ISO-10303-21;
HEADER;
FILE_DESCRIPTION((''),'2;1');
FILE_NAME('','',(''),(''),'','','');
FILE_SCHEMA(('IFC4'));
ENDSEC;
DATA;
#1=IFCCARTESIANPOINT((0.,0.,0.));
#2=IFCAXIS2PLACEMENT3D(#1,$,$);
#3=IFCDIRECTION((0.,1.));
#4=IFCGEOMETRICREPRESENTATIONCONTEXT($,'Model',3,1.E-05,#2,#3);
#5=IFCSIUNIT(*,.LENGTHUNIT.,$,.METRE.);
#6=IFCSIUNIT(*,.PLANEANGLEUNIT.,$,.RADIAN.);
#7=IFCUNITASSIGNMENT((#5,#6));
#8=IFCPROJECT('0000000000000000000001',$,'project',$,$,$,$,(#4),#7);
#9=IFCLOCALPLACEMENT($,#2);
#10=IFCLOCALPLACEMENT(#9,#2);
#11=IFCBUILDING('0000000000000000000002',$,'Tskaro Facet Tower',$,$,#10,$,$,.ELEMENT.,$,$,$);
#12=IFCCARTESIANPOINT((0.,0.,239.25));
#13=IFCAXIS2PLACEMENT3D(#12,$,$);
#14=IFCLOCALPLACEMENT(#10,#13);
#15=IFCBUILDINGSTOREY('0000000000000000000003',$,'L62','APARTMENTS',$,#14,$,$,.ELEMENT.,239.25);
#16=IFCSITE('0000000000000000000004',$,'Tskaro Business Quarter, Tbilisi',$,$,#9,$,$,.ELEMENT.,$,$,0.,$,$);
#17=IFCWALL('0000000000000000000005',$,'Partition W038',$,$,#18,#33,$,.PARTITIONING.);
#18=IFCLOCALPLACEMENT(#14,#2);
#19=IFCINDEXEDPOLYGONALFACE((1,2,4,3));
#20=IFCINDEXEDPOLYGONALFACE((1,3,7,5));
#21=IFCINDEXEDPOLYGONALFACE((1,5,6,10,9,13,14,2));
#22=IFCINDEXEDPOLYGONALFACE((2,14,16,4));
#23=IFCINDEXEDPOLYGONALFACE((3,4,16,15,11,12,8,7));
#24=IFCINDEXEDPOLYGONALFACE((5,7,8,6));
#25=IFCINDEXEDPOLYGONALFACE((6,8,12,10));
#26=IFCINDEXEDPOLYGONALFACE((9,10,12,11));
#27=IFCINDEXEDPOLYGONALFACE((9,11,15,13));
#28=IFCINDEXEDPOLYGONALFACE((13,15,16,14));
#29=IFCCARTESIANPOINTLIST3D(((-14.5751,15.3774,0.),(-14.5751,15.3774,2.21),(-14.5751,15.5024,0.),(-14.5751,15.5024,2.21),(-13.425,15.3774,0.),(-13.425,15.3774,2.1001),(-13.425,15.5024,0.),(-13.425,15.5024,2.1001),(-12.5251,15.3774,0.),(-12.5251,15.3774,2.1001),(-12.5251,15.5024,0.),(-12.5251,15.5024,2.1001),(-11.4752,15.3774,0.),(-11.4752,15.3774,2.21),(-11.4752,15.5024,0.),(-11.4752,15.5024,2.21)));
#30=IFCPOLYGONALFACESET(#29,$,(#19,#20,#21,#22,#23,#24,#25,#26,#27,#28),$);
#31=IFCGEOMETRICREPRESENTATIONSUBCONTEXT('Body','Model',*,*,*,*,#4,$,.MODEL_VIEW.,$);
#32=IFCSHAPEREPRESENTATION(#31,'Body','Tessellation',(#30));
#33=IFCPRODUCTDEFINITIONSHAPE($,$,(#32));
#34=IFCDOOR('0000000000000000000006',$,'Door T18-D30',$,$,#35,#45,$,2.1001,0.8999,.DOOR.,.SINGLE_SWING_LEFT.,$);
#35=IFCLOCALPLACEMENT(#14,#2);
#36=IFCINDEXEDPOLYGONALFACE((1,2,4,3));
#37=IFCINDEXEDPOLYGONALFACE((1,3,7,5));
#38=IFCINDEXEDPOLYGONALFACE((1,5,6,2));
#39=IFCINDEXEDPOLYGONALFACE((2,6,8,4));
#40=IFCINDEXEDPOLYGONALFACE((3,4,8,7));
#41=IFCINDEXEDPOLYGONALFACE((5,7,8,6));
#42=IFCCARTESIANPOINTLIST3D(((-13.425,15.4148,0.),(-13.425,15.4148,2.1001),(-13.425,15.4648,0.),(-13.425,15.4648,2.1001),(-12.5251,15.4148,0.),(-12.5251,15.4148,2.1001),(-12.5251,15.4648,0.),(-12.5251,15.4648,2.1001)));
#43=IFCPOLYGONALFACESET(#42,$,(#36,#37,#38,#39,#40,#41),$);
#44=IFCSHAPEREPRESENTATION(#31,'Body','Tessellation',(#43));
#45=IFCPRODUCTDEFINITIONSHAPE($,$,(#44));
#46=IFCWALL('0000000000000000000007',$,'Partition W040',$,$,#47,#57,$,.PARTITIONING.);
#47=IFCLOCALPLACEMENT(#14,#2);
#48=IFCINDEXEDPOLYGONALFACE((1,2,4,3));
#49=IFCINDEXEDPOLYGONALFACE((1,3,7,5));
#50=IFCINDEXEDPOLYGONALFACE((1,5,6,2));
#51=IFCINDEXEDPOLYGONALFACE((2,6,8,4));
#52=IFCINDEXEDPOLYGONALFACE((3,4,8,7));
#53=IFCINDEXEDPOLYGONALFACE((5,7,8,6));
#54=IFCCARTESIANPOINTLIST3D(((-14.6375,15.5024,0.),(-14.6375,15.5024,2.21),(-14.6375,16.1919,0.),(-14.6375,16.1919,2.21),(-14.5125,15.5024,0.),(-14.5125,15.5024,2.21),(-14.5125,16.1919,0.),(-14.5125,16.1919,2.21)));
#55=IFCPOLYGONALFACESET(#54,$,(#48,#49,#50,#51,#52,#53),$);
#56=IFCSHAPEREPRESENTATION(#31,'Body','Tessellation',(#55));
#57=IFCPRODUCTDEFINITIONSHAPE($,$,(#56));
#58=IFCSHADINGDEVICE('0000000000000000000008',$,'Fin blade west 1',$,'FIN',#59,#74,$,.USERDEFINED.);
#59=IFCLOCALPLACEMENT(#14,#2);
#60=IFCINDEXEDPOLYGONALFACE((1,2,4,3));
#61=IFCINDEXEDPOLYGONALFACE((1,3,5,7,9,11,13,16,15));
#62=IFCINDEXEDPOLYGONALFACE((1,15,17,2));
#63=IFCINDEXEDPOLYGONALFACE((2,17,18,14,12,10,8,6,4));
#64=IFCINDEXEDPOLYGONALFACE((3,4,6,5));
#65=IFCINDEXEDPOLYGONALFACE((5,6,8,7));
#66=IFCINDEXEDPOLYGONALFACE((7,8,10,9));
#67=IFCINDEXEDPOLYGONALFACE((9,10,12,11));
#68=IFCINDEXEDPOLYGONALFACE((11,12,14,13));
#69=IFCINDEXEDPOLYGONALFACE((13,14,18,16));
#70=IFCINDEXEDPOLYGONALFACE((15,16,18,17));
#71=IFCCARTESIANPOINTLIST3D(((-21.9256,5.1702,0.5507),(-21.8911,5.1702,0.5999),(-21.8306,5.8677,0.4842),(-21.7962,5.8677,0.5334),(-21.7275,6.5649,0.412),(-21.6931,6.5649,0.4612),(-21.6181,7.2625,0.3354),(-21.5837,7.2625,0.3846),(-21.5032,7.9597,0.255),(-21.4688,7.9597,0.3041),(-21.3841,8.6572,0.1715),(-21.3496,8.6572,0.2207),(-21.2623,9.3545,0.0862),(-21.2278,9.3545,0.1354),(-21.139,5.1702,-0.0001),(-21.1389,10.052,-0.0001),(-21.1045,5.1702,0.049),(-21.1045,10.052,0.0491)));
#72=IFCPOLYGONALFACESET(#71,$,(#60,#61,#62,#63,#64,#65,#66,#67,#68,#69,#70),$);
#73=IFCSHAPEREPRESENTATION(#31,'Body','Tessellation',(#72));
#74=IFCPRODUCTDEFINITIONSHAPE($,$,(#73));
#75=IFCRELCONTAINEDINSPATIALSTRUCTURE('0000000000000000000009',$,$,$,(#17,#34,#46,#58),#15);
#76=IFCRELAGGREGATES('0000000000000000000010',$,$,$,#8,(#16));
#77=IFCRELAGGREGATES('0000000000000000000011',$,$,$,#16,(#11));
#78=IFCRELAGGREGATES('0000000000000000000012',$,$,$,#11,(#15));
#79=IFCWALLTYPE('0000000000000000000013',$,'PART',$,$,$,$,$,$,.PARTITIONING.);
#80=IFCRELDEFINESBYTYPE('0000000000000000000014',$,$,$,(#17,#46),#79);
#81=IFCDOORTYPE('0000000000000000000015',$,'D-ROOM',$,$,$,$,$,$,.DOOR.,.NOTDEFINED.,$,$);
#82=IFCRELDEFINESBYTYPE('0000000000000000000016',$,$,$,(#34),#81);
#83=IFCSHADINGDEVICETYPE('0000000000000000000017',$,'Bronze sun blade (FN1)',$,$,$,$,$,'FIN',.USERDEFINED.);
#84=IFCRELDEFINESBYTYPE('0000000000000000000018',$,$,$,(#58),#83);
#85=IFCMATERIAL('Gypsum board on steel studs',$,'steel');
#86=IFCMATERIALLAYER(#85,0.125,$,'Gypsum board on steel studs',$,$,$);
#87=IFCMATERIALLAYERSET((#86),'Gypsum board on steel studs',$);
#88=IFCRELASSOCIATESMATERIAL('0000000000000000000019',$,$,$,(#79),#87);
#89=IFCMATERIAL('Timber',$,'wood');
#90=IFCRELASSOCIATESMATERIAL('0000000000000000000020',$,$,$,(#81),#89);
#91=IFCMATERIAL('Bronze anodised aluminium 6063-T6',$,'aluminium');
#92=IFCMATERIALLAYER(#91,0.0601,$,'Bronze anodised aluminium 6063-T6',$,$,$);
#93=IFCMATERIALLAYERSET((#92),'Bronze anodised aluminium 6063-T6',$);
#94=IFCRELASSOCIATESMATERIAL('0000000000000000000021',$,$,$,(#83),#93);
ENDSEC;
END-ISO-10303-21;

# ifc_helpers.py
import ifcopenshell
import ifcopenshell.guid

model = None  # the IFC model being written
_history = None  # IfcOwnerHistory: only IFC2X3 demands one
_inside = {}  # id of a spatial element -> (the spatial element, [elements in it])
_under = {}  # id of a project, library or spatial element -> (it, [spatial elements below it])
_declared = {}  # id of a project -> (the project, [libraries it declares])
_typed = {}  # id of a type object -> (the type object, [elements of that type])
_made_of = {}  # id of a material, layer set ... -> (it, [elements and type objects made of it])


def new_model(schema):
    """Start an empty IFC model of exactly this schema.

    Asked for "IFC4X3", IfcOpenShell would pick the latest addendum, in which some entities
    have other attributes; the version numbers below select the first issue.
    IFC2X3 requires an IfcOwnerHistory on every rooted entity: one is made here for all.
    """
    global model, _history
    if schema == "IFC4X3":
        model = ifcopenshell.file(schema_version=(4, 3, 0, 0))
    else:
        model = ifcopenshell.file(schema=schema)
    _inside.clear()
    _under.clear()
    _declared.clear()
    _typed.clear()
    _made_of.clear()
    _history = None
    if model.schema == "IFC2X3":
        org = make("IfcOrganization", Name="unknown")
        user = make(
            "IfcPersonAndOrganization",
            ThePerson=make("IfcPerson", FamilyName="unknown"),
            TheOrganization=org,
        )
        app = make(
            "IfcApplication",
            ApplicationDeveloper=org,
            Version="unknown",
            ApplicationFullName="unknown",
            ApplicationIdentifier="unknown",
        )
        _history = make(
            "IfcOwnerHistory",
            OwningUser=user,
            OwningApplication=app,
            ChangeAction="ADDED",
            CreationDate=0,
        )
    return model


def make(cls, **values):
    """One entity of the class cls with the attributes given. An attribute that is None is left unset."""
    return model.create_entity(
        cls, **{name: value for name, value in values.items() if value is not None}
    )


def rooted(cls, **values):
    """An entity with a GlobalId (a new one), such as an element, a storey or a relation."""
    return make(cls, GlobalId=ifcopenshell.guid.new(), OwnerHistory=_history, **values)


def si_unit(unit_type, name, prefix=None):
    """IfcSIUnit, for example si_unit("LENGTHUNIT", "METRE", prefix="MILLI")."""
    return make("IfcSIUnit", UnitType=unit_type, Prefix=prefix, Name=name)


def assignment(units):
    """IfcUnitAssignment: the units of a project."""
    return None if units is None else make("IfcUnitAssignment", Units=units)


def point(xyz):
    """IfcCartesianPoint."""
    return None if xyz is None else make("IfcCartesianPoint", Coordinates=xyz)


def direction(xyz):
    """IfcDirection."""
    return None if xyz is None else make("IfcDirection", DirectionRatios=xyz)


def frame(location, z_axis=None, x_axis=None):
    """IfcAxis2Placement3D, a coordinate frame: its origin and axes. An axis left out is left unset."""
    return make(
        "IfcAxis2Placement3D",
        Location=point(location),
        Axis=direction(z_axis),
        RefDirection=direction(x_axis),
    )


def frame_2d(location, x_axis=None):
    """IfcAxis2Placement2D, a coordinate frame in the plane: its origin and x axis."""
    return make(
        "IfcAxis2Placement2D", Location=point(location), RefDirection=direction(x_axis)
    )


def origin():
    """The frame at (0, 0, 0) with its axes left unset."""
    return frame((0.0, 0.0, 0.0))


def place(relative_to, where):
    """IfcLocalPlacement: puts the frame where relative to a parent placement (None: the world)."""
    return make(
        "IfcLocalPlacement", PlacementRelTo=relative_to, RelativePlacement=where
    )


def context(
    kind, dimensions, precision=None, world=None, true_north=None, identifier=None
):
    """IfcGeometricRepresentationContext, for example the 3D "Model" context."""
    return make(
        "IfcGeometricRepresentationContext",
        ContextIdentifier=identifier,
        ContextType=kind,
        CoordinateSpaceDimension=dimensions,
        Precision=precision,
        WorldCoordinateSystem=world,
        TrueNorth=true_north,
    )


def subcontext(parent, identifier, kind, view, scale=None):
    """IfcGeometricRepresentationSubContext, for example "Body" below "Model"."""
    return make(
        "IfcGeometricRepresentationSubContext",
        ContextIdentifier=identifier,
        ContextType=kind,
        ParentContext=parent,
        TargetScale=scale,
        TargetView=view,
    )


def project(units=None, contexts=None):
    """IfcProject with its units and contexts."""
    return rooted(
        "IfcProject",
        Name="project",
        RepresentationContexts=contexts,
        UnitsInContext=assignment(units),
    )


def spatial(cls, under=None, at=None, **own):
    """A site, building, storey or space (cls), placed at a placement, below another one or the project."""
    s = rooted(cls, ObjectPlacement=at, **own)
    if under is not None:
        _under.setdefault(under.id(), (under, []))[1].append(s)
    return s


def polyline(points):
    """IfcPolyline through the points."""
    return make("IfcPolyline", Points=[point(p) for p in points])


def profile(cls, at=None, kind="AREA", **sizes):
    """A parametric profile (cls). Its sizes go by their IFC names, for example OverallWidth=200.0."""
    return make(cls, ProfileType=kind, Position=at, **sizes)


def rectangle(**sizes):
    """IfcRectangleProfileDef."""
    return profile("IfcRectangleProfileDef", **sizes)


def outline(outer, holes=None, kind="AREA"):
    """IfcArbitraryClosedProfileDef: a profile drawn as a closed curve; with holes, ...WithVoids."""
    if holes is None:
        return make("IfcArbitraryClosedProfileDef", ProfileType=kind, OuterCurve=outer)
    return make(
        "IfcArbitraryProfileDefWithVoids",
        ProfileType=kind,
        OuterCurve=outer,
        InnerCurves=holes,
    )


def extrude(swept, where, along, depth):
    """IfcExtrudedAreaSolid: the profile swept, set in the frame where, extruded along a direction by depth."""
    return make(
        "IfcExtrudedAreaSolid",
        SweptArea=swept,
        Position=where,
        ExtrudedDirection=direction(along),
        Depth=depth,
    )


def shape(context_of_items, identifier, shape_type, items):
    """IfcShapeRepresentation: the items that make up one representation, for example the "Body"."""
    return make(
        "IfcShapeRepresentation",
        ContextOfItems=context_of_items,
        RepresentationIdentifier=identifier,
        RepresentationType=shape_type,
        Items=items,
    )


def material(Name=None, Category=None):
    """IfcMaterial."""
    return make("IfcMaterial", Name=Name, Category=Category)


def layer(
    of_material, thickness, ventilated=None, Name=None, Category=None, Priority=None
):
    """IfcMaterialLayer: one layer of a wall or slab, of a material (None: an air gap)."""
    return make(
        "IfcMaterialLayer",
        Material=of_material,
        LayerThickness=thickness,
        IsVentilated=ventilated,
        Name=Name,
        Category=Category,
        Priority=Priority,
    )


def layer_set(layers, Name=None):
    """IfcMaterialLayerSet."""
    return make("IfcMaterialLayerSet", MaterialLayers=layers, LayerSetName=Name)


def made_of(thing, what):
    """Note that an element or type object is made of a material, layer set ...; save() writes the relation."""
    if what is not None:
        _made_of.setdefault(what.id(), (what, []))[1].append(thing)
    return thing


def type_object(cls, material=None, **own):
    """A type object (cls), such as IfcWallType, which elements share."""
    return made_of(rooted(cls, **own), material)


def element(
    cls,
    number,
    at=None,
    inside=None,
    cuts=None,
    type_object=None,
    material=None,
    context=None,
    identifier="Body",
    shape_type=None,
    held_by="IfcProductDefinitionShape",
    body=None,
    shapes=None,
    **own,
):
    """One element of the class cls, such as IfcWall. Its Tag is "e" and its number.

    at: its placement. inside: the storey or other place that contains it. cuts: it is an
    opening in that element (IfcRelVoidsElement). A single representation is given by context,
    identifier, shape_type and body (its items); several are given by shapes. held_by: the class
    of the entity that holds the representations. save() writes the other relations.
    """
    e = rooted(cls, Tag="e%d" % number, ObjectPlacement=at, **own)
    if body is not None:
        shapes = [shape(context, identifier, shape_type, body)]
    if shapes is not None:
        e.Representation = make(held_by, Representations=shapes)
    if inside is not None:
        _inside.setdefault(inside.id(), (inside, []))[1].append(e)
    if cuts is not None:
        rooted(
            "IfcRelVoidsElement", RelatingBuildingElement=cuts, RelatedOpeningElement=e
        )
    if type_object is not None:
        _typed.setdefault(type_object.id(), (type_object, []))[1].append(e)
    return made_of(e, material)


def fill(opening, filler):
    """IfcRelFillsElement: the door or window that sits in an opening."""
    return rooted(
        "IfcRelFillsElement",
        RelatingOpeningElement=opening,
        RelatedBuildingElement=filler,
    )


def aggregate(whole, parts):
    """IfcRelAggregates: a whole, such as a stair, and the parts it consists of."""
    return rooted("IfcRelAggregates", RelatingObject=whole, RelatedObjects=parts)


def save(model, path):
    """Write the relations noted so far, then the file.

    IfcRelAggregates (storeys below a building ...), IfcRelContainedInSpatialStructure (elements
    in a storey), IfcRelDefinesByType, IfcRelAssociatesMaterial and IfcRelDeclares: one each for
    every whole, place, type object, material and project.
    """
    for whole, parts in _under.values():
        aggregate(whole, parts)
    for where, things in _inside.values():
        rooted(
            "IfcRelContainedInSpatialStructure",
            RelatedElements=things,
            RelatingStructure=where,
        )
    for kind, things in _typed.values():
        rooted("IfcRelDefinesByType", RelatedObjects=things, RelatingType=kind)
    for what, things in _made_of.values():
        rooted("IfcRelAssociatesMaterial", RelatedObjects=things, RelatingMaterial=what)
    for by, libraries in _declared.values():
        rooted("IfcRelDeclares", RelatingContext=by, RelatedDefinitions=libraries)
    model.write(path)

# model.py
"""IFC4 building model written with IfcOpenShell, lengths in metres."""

from ifc_helpers import new_model, si_unit, direction, frame, frame_2d, origin, place, context, subcontext, project, spatial, polyline, rectangle, outline, extrude, material, layer, layer_set, type_object, element, fill, save


model = new_model("IFC4")

# Units and contexts
model_context = context("Model", 3, precision=1e-05, world=origin(), true_north=direction((0.0, 1.0)))
body_context = subcontext(model_context, "Body", "Model", "MODEL_VIEW")
ifc_project = project(units=[si_unit("LENGTHUNIT", "METRE"), si_unit("PLANEANGLEUNIT", "RADIAN")], contexts=[model_context])

# Site, building, storey
site_placement = place(None, origin())
site = spatial("IfcSite", under=ifc_project, at=site_placement, Name="Tskaro Business Quarter, Tbilisi", CompositionType="ELEMENT", RefElevation=0.0)
building_placement = place(site_placement, origin())
building = spatial("IfcBuilding", under=site, at=building_placement, Name="Tskaro Facet Tower", CompositionType="ELEMENT")
storey_placement = place(building_placement, frame((0.0, 0.0, 239.25)))
storey = spatial("IfcBuildingStorey", under=building, at=storey_placement, Name="L62", Description="APARTMENTS", CompositionType="ELEMENT", Elevation=239.25)

# Shared definitions
ifc_material_1 = material(Name="Bronze anodised aluminium 6063-T6", Category="aluminium")

# Wall, opening, door
ifc_material_2 = material(Name="Gypsum board on steel studs", Category="steel")
ifc_layer_1 = layer(ifc_material_2, 0.125, Name="Gypsum board on steel studs")
ifc_layer_set_1 = layer_set([ifc_layer_1], Name="Gypsum board on steel studs")
wall_type = type_object("IfcWallType", Name="PART", PredefinedType="PARTITIONING", material=ifc_layer_set_1)
wall_1_placement = place(storey_placement, frame((-14.575, 15.4399, 0.0), z_axis=(0.0, 0.0, 1.0), x_axis=(1.0, 0.0, 0.0)))
wall_1 = element("IfcWall", 1, at=wall_1_placement, inside=storey, type_object=wall_type, Name="Partition W038", PredefinedType="PARTITIONING", context=body_context, shape_type="SweptSolid", body=[
    extrude(rectangle(XDim=3.0999, YDim=0.125, at=frame_2d((1.5498, 0.0))), origin(), (0.0, 0.0, 1.0), 2.21),
])
opening_placement = place(wall_1_placement, frame((1.1499, 0.0, 0.0)))
opening = element("IfcOpeningElement", 2, at=opening_placement, cuts=wall_1, PredefinedType="OPENING", context=body_context, shape_type="SweptSolid", body=[
    extrude(rectangle(XDim=0.8999, YDim=2.1001, at=frame_2d((0.45, 1.05))), frame((0.0, 0.0725, 0.0), z_axis=(0.0, -1.0, 0.0), x_axis=(1.0, 0.0, 0.0)), (0.0, 0.0, 1.0), 0.145),
])
ifc_material_3 = material(Name="Timber", Category="wood")
door_type = type_object("IfcDoorType", Name="D-ROOM", OperationType="NOTDEFINED", PredefinedType="DOOR", material=ifc_material_3)
door_placement = place(opening_placement, origin())
door = element("IfcDoor", 3, at=door_placement, inside=storey, type_object=door_type, Name="Door T18-D30", OperationType="SINGLE_SWING_LEFT", OverallHeight=2.1001, OverallWidth=0.8999, PredefinedType="DOOR", context=body_context, shape_type="SweptSolid", body=[
    extrude(rectangle(XDim=0.8999, YDim=2.1001, at=frame_2d((0.45, 1.05))), frame((0.0, 0.0249, 0.0), z_axis=(0.0, -1.0, 0.0), x_axis=(1.0, 0.0, 0.0)), (0.0, 0.0, 1.0), 0.05),
])
fill(opening, door)

# Wall
wall_2_placement = place(storey_placement, frame((-14.575, 15.5024, 0.0), z_axis=(0.0, 0.0, 1.0), x_axis=(0.0, 1.0, 0.0)))
element("IfcWall", 4, at=wall_2_placement, inside=storey, type_object=wall_type, Name="Partition W040", PredefinedType="PARTITIONING", context=body_context, shape_type="SweptSolid", body=[
    extrude(rectangle(XDim=0.6895, YDim=0.125, at=frame_2d((0.3447, 0.0))), origin(), (0.0, 0.0, 1.0), 2.21),
])

# Shading device
ifc_layer_2 = layer(ifc_material_1, 0.0601, Name="Bronze anodised aluminium 6063-T6")
ifc_layer_set_2 = layer_set([ifc_layer_2], Name="Bronze anodised aluminium 6063-T6")
shading_device_type = type_object("IfcShadingDeviceType", Name="Bronze sun blade (FN1)", ElementType="FIN", PredefinedType="USERDEFINED", material=ifc_layer_set_2)
shading_device_placement = place(storey_placement, frame((-21.1045, 10.052, 0.0491), z_axis=(0.573588, -0.000006, 0.819144), x_axis=(-0.000003, -1.0, -0.000005)))
element("IfcShadingDevice", 5, at=shading_device_placement, inside=storey, type_object=shading_device_type, Name="Fin blade west 1", ObjectType="FIN", PredefinedType="USERDEFINED", context=body_context, shape_type="SweptSolid", body=[
    extrude(outline(polyline([(0.0, 0.0), (4.8818, 0.0), (4.8818, -0.9603), (4.1843, -0.8444), (3.4871, -0.7185), (2.7896, -0.585), (2.0923, -0.4447), (1.3948, -0.2992), (0.6975, -0.1506), (0.0, 0.0)])), origin(), (0.0, 0.0, -1.0), 0.0601),
])

save(model, "model.ifc")
